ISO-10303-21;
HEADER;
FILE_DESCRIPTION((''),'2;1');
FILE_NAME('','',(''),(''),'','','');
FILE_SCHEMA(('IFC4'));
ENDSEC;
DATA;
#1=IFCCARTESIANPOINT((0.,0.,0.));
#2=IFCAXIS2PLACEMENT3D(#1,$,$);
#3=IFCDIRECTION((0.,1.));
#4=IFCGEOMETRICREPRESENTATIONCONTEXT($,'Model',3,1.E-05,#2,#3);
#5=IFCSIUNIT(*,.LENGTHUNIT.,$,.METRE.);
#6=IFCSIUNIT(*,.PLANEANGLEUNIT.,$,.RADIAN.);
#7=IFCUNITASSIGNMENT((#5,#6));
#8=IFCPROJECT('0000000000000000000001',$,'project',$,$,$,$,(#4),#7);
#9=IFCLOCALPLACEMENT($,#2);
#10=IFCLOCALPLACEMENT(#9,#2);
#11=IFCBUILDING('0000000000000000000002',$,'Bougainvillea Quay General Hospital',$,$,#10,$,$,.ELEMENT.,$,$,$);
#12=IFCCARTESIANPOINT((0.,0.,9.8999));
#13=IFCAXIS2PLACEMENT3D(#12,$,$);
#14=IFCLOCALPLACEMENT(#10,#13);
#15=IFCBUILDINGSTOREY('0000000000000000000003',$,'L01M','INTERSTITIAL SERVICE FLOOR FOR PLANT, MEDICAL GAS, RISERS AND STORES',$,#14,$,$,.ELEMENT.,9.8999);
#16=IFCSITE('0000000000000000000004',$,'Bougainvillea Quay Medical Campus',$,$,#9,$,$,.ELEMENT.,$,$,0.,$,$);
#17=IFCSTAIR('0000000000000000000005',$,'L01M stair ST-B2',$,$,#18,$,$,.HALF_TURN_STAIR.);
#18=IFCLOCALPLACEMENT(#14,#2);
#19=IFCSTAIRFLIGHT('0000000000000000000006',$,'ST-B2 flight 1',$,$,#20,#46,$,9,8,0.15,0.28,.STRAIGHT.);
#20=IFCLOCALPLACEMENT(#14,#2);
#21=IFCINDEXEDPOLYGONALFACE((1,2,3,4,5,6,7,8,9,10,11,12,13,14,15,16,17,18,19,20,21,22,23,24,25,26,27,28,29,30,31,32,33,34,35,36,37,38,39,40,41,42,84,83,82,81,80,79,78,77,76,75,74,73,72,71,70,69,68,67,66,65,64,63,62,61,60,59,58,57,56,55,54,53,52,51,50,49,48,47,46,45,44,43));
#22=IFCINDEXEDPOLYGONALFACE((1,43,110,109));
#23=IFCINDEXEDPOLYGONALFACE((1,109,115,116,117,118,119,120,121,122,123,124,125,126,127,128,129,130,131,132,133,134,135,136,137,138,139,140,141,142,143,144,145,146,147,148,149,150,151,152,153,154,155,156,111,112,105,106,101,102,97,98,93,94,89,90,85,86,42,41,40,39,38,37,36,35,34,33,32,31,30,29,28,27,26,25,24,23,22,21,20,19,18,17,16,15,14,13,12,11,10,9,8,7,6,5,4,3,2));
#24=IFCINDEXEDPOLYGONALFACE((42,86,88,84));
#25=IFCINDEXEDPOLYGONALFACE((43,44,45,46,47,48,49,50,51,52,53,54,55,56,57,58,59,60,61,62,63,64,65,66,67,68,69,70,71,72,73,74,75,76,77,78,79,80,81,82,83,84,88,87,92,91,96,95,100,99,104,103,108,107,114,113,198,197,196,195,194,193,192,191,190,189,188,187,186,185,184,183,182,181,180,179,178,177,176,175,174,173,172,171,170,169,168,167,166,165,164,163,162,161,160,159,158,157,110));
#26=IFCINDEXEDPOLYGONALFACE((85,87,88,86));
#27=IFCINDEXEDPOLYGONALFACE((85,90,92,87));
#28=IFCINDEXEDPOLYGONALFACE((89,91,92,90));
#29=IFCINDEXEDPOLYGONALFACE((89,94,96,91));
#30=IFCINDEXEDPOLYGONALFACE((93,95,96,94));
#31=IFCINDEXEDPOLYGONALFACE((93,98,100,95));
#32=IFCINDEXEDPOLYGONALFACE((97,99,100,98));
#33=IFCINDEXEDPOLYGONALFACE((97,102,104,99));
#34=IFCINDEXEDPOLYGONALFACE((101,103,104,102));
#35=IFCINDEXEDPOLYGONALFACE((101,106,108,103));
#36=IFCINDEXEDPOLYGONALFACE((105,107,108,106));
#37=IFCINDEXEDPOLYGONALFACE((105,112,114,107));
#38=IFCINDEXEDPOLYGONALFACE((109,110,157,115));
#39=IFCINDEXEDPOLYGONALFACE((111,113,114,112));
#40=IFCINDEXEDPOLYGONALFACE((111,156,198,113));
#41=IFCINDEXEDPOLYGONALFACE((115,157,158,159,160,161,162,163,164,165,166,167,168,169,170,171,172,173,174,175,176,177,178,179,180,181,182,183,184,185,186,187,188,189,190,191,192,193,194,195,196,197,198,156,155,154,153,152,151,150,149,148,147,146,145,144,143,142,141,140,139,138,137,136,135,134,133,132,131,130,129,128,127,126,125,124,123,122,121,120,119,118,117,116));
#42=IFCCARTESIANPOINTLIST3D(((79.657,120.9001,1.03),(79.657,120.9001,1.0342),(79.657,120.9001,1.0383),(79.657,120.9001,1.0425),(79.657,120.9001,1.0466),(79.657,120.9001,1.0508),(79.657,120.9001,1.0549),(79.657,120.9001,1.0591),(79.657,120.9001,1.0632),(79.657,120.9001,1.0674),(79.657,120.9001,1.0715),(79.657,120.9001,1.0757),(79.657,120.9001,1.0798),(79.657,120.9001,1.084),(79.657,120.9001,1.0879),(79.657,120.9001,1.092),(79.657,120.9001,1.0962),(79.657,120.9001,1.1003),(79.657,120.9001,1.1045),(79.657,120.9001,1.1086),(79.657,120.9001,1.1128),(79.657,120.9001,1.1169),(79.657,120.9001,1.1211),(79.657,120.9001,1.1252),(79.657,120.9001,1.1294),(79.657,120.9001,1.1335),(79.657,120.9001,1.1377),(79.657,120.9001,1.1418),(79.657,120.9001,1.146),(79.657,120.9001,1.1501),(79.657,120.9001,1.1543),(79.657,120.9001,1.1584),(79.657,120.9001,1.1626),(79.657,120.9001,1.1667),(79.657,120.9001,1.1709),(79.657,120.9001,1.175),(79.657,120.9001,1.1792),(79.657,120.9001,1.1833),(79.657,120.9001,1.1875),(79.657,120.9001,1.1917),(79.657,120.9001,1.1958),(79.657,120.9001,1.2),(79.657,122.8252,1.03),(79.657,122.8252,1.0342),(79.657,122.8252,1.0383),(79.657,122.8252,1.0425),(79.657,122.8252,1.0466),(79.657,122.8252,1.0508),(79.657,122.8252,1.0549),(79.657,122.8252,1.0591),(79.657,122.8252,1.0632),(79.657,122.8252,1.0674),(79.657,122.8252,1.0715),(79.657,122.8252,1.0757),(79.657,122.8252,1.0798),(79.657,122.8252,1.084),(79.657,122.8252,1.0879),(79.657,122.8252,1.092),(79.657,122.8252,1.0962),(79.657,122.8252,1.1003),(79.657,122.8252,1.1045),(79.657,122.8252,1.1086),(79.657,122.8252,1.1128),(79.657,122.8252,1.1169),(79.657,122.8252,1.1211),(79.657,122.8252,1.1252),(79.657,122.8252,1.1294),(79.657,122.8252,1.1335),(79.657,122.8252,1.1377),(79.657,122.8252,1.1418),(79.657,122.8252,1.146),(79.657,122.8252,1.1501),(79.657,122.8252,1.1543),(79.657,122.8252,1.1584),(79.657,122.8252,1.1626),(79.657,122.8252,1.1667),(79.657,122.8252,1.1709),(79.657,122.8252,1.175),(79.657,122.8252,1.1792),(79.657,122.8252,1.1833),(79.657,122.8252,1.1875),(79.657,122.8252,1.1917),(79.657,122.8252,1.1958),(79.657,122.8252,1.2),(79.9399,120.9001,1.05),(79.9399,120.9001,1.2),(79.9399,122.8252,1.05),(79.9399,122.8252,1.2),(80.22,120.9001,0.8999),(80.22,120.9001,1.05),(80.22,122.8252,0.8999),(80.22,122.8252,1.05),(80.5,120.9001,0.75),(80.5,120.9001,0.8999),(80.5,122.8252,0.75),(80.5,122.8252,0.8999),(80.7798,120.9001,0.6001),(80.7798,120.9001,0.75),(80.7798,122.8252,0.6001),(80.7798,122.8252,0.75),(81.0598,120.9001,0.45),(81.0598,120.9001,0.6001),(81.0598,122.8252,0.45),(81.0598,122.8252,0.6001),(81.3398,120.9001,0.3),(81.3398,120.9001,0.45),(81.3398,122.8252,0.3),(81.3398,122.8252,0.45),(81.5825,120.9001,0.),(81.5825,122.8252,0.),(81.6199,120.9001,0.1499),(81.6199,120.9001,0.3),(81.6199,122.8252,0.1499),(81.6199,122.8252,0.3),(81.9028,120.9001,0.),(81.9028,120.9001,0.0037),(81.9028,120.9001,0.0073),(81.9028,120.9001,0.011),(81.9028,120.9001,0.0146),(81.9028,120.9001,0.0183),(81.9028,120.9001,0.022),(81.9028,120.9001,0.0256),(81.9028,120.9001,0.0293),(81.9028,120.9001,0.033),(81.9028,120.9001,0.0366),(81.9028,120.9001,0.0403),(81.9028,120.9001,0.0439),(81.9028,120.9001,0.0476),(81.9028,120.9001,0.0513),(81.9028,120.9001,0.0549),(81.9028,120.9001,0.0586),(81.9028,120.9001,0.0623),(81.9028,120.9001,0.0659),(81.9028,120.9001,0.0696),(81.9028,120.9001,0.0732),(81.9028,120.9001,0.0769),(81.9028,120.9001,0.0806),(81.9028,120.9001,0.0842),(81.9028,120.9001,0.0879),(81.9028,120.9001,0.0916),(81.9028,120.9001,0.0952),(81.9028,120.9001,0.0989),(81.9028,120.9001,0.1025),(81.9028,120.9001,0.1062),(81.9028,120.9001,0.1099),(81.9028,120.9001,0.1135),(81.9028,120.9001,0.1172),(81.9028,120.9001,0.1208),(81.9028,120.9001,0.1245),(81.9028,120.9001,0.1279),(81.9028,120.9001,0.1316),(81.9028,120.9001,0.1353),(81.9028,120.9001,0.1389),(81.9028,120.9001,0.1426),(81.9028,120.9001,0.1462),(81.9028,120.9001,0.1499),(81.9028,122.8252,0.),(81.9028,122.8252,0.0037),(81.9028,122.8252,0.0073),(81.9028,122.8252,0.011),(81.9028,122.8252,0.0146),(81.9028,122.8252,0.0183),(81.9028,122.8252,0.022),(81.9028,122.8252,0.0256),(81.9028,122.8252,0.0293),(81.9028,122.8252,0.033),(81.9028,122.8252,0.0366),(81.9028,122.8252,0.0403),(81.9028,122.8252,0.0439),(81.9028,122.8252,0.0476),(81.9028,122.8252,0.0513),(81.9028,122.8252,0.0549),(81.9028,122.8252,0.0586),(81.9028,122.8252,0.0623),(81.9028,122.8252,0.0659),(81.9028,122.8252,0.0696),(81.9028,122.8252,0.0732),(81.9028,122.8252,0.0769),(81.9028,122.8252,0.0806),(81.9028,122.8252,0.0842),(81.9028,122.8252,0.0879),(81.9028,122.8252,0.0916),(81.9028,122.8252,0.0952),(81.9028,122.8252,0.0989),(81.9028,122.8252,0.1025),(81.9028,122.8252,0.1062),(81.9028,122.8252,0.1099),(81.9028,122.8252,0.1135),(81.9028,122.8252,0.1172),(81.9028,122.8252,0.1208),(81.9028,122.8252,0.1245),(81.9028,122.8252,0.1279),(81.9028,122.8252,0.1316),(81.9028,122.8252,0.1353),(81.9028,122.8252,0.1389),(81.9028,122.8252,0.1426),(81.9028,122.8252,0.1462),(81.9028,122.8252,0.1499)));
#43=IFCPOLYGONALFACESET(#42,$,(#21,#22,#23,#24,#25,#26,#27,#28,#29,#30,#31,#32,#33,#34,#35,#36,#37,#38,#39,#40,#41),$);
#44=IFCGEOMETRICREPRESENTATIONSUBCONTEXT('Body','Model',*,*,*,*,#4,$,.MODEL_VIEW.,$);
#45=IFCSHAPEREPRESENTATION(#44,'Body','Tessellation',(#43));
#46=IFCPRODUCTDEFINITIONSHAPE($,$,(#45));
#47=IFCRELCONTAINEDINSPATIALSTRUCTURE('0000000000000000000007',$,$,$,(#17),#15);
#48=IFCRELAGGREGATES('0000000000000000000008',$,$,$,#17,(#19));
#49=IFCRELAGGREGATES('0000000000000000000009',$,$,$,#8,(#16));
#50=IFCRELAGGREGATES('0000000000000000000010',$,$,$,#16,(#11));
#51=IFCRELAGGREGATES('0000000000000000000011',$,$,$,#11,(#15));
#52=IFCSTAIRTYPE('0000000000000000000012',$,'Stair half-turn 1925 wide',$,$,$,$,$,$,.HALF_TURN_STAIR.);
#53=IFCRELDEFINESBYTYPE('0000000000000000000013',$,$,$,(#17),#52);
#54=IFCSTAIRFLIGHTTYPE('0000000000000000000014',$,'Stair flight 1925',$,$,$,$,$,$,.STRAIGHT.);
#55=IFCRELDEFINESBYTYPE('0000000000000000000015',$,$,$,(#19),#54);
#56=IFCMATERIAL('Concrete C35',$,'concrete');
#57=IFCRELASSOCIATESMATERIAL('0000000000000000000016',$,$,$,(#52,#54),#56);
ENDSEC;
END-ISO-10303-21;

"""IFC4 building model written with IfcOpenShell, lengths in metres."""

from ifc_helpers import new_model, si_unit, direction, frame, origin, place, context, subcontext, project, spatial, polyline, outline, extrude, material, type_object, element, aggregate, save


model = new_model("IFC4")

# Units and contexts
model_context = context("Model", 3, precision=1e-05, world=origin(), true_north=direction((0.0, 1.0)))
body_context = subcontext(model_context, "Body", "Model", "MODEL_VIEW")
ifc_project = project(units=[si_unit("LENGTHUNIT", "METRE"), si_unit("PLANEANGLEUNIT", "RADIAN")], contexts=[model_context])

# Site, building, storey
site_placement = place(None, origin())
site = spatial("IfcSite", under=ifc_project, at=site_placement, Name="Bougainvillea Quay Medical Campus", CompositionType="ELEMENT", RefElevation=0.0)
building_placement = place(site_placement, origin())
building = spatial("IfcBuilding", under=site, at=building_placement, Name="Bougainvillea Quay General Hospital", CompositionType="ELEMENT")
storey_placement = place(building_placement, frame((0.0, 0.0, 9.8999)))
storey = spatial("IfcBuildingStorey", under=building, at=storey_placement, Name="L01M", Description="INTERSTITIAL SERVICE FLOOR FOR PLANT, MEDICAL GAS, RISERS AND STORES", CompositionType="ELEMENT", Elevation=9.8999)

# Stair, stair flight
ifc_material_1 = material(Name="Concrete C35", Category="concrete")
stair_type = type_object("IfcStairType", Name="Stair half-turn 1925 wide", PredefinedType="HALF_TURN_STAIR", material=ifc_material_1)
stair_placement = place(storey_placement, origin())
stair = element("IfcStair", 1, at=stair_placement, inside=storey, type_object=stair_type, Name="L01M stair ST-B2", PredefinedType="HALF_TURN_STAIR")
stair_flight_type = type_object("IfcStairFlightType", Name="Stair flight 1925", PredefinedType="STRAIGHT", material=ifc_material_1)
stair_flight_1_placement = place(storey_placement, frame((81.8999, 121.8625, 0.0), z_axis=(0.0, 0.0, 1.0), x_axis=(-1.0, 0.0, 0.0)))
stair_flight_1 = element("IfcStairFlight", 2, at=stair_flight_1_placement, type_object=stair_flight_type, Name="ST-B2 flight 1", NumberOfRisers=9, NumberOfTreads=8, PredefinedType="STRAIGHT", RiserHeight=0.15, TreadLength=0.28, context=body_context, shape_type="SweptSolid", body=[
    extrude(outline(polyline([(-0.0029, 0.0), (-0.0029, 0.0037), (-0.0029, 0.0073), (-0.0029, 0.011), (-0.0029, 0.0146), (-0.0029, 0.0183), (-0.0029, 0.022), (-0.0029, 0.0256), (-0.0029, 0.0293), (-0.0029, 0.033), (-0.0029, 0.0366), (-0.0029, 0.0403), (-0.0029, 0.0439), (-0.0029, 0.0476), (-0.0029, 0.0513), (-0.0029, 0.0549), (-0.0029, 0.0586), (-0.0029, 0.0623), (-0.0029, 0.0659), (-0.0029, 0.0696), (-0.0029, 0.0732), (-0.0029, 0.0769), (-0.0029, 0.0806), (-0.0029, 0.0842), (-0.0029, 0.0879), (-0.0029, 0.0916), (-0.0029, 0.0952), (-0.0029, 0.0989), (-0.0029, 0.1025), (-0.0029, 0.1062), (-0.0029, 0.1099), (-0.0029, 0.1135), (-0.0029, 0.1172), (-0.0029, 0.1208), (-0.0029, 0.1245), (-0.0029, 0.1279), (-0.0029, 0.1316), (-0.0029, 0.1353), (-0.0029, 0.1389), (-0.0029, 0.1426), (-0.0029, 0.1462), (-0.0029, 0.1499), (0.28, 0.1499), (0.28, 0.3), (0.5601, 0.3), (0.5601, 0.45), (0.8401, 0.45), (0.8401, 0.6001), (1.1201, 0.6001), (1.1201, 0.75), (1.3999, 0.75), (1.3999, 0.8999), (1.6799, 0.8999), (1.6799, 1.05), (1.96, 1.05), (1.96, 1.2), (2.2429, 1.2), (2.2429, 1.1958), (2.2429, 1.1917), (2.2429, 1.1875), (2.2429, 1.1833), (2.2429, 1.1792), (2.2429, 1.175), (2.2429, 1.1709), (2.2429, 1.1667), (2.2429, 1.1626), (2.2429, 1.1584), (2.2429, 1.1543), (2.2429, 1.1501), (2.2429, 1.146), (2.2429, 1.1418), (2.2429, 1.1377), (2.2429, 1.1335), (2.2429, 1.1294), (2.2429, 1.1252), (2.2429, 1.1211), (2.2429, 1.1169), (2.2429, 1.1128), (2.2429, 1.1086), (2.2429, 1.1045), (2.2429, 1.1003), (2.2429, 1.0962), (2.2429, 1.092), (2.2429, 1.0879), (2.2429, 1.084), (2.2429, 1.0798), (2.2429, 1.0757), (2.2429, 1.0715), (2.2429, 1.0674), (2.2429, 1.0632), (2.2429, 1.0591), (2.2429, 1.0549), (2.2429, 1.0508), (2.2429, 1.0466), (2.2429, 1.0425), (2.2429, 1.0383), (2.2429, 1.0342), (2.2429, 1.03), (0.3174, 0.0), (-0.0029, 0.0)])), frame((0.0, 0.9624, 0.0), z_axis=(0.0, -1.0, 0.0), x_axis=(1.0, 0.0, 0.0)), (0.0, 0.0, 1.0), 1.925),
])
aggregate(stair, [stair_flight_1])

save(model, "model.ifc")
